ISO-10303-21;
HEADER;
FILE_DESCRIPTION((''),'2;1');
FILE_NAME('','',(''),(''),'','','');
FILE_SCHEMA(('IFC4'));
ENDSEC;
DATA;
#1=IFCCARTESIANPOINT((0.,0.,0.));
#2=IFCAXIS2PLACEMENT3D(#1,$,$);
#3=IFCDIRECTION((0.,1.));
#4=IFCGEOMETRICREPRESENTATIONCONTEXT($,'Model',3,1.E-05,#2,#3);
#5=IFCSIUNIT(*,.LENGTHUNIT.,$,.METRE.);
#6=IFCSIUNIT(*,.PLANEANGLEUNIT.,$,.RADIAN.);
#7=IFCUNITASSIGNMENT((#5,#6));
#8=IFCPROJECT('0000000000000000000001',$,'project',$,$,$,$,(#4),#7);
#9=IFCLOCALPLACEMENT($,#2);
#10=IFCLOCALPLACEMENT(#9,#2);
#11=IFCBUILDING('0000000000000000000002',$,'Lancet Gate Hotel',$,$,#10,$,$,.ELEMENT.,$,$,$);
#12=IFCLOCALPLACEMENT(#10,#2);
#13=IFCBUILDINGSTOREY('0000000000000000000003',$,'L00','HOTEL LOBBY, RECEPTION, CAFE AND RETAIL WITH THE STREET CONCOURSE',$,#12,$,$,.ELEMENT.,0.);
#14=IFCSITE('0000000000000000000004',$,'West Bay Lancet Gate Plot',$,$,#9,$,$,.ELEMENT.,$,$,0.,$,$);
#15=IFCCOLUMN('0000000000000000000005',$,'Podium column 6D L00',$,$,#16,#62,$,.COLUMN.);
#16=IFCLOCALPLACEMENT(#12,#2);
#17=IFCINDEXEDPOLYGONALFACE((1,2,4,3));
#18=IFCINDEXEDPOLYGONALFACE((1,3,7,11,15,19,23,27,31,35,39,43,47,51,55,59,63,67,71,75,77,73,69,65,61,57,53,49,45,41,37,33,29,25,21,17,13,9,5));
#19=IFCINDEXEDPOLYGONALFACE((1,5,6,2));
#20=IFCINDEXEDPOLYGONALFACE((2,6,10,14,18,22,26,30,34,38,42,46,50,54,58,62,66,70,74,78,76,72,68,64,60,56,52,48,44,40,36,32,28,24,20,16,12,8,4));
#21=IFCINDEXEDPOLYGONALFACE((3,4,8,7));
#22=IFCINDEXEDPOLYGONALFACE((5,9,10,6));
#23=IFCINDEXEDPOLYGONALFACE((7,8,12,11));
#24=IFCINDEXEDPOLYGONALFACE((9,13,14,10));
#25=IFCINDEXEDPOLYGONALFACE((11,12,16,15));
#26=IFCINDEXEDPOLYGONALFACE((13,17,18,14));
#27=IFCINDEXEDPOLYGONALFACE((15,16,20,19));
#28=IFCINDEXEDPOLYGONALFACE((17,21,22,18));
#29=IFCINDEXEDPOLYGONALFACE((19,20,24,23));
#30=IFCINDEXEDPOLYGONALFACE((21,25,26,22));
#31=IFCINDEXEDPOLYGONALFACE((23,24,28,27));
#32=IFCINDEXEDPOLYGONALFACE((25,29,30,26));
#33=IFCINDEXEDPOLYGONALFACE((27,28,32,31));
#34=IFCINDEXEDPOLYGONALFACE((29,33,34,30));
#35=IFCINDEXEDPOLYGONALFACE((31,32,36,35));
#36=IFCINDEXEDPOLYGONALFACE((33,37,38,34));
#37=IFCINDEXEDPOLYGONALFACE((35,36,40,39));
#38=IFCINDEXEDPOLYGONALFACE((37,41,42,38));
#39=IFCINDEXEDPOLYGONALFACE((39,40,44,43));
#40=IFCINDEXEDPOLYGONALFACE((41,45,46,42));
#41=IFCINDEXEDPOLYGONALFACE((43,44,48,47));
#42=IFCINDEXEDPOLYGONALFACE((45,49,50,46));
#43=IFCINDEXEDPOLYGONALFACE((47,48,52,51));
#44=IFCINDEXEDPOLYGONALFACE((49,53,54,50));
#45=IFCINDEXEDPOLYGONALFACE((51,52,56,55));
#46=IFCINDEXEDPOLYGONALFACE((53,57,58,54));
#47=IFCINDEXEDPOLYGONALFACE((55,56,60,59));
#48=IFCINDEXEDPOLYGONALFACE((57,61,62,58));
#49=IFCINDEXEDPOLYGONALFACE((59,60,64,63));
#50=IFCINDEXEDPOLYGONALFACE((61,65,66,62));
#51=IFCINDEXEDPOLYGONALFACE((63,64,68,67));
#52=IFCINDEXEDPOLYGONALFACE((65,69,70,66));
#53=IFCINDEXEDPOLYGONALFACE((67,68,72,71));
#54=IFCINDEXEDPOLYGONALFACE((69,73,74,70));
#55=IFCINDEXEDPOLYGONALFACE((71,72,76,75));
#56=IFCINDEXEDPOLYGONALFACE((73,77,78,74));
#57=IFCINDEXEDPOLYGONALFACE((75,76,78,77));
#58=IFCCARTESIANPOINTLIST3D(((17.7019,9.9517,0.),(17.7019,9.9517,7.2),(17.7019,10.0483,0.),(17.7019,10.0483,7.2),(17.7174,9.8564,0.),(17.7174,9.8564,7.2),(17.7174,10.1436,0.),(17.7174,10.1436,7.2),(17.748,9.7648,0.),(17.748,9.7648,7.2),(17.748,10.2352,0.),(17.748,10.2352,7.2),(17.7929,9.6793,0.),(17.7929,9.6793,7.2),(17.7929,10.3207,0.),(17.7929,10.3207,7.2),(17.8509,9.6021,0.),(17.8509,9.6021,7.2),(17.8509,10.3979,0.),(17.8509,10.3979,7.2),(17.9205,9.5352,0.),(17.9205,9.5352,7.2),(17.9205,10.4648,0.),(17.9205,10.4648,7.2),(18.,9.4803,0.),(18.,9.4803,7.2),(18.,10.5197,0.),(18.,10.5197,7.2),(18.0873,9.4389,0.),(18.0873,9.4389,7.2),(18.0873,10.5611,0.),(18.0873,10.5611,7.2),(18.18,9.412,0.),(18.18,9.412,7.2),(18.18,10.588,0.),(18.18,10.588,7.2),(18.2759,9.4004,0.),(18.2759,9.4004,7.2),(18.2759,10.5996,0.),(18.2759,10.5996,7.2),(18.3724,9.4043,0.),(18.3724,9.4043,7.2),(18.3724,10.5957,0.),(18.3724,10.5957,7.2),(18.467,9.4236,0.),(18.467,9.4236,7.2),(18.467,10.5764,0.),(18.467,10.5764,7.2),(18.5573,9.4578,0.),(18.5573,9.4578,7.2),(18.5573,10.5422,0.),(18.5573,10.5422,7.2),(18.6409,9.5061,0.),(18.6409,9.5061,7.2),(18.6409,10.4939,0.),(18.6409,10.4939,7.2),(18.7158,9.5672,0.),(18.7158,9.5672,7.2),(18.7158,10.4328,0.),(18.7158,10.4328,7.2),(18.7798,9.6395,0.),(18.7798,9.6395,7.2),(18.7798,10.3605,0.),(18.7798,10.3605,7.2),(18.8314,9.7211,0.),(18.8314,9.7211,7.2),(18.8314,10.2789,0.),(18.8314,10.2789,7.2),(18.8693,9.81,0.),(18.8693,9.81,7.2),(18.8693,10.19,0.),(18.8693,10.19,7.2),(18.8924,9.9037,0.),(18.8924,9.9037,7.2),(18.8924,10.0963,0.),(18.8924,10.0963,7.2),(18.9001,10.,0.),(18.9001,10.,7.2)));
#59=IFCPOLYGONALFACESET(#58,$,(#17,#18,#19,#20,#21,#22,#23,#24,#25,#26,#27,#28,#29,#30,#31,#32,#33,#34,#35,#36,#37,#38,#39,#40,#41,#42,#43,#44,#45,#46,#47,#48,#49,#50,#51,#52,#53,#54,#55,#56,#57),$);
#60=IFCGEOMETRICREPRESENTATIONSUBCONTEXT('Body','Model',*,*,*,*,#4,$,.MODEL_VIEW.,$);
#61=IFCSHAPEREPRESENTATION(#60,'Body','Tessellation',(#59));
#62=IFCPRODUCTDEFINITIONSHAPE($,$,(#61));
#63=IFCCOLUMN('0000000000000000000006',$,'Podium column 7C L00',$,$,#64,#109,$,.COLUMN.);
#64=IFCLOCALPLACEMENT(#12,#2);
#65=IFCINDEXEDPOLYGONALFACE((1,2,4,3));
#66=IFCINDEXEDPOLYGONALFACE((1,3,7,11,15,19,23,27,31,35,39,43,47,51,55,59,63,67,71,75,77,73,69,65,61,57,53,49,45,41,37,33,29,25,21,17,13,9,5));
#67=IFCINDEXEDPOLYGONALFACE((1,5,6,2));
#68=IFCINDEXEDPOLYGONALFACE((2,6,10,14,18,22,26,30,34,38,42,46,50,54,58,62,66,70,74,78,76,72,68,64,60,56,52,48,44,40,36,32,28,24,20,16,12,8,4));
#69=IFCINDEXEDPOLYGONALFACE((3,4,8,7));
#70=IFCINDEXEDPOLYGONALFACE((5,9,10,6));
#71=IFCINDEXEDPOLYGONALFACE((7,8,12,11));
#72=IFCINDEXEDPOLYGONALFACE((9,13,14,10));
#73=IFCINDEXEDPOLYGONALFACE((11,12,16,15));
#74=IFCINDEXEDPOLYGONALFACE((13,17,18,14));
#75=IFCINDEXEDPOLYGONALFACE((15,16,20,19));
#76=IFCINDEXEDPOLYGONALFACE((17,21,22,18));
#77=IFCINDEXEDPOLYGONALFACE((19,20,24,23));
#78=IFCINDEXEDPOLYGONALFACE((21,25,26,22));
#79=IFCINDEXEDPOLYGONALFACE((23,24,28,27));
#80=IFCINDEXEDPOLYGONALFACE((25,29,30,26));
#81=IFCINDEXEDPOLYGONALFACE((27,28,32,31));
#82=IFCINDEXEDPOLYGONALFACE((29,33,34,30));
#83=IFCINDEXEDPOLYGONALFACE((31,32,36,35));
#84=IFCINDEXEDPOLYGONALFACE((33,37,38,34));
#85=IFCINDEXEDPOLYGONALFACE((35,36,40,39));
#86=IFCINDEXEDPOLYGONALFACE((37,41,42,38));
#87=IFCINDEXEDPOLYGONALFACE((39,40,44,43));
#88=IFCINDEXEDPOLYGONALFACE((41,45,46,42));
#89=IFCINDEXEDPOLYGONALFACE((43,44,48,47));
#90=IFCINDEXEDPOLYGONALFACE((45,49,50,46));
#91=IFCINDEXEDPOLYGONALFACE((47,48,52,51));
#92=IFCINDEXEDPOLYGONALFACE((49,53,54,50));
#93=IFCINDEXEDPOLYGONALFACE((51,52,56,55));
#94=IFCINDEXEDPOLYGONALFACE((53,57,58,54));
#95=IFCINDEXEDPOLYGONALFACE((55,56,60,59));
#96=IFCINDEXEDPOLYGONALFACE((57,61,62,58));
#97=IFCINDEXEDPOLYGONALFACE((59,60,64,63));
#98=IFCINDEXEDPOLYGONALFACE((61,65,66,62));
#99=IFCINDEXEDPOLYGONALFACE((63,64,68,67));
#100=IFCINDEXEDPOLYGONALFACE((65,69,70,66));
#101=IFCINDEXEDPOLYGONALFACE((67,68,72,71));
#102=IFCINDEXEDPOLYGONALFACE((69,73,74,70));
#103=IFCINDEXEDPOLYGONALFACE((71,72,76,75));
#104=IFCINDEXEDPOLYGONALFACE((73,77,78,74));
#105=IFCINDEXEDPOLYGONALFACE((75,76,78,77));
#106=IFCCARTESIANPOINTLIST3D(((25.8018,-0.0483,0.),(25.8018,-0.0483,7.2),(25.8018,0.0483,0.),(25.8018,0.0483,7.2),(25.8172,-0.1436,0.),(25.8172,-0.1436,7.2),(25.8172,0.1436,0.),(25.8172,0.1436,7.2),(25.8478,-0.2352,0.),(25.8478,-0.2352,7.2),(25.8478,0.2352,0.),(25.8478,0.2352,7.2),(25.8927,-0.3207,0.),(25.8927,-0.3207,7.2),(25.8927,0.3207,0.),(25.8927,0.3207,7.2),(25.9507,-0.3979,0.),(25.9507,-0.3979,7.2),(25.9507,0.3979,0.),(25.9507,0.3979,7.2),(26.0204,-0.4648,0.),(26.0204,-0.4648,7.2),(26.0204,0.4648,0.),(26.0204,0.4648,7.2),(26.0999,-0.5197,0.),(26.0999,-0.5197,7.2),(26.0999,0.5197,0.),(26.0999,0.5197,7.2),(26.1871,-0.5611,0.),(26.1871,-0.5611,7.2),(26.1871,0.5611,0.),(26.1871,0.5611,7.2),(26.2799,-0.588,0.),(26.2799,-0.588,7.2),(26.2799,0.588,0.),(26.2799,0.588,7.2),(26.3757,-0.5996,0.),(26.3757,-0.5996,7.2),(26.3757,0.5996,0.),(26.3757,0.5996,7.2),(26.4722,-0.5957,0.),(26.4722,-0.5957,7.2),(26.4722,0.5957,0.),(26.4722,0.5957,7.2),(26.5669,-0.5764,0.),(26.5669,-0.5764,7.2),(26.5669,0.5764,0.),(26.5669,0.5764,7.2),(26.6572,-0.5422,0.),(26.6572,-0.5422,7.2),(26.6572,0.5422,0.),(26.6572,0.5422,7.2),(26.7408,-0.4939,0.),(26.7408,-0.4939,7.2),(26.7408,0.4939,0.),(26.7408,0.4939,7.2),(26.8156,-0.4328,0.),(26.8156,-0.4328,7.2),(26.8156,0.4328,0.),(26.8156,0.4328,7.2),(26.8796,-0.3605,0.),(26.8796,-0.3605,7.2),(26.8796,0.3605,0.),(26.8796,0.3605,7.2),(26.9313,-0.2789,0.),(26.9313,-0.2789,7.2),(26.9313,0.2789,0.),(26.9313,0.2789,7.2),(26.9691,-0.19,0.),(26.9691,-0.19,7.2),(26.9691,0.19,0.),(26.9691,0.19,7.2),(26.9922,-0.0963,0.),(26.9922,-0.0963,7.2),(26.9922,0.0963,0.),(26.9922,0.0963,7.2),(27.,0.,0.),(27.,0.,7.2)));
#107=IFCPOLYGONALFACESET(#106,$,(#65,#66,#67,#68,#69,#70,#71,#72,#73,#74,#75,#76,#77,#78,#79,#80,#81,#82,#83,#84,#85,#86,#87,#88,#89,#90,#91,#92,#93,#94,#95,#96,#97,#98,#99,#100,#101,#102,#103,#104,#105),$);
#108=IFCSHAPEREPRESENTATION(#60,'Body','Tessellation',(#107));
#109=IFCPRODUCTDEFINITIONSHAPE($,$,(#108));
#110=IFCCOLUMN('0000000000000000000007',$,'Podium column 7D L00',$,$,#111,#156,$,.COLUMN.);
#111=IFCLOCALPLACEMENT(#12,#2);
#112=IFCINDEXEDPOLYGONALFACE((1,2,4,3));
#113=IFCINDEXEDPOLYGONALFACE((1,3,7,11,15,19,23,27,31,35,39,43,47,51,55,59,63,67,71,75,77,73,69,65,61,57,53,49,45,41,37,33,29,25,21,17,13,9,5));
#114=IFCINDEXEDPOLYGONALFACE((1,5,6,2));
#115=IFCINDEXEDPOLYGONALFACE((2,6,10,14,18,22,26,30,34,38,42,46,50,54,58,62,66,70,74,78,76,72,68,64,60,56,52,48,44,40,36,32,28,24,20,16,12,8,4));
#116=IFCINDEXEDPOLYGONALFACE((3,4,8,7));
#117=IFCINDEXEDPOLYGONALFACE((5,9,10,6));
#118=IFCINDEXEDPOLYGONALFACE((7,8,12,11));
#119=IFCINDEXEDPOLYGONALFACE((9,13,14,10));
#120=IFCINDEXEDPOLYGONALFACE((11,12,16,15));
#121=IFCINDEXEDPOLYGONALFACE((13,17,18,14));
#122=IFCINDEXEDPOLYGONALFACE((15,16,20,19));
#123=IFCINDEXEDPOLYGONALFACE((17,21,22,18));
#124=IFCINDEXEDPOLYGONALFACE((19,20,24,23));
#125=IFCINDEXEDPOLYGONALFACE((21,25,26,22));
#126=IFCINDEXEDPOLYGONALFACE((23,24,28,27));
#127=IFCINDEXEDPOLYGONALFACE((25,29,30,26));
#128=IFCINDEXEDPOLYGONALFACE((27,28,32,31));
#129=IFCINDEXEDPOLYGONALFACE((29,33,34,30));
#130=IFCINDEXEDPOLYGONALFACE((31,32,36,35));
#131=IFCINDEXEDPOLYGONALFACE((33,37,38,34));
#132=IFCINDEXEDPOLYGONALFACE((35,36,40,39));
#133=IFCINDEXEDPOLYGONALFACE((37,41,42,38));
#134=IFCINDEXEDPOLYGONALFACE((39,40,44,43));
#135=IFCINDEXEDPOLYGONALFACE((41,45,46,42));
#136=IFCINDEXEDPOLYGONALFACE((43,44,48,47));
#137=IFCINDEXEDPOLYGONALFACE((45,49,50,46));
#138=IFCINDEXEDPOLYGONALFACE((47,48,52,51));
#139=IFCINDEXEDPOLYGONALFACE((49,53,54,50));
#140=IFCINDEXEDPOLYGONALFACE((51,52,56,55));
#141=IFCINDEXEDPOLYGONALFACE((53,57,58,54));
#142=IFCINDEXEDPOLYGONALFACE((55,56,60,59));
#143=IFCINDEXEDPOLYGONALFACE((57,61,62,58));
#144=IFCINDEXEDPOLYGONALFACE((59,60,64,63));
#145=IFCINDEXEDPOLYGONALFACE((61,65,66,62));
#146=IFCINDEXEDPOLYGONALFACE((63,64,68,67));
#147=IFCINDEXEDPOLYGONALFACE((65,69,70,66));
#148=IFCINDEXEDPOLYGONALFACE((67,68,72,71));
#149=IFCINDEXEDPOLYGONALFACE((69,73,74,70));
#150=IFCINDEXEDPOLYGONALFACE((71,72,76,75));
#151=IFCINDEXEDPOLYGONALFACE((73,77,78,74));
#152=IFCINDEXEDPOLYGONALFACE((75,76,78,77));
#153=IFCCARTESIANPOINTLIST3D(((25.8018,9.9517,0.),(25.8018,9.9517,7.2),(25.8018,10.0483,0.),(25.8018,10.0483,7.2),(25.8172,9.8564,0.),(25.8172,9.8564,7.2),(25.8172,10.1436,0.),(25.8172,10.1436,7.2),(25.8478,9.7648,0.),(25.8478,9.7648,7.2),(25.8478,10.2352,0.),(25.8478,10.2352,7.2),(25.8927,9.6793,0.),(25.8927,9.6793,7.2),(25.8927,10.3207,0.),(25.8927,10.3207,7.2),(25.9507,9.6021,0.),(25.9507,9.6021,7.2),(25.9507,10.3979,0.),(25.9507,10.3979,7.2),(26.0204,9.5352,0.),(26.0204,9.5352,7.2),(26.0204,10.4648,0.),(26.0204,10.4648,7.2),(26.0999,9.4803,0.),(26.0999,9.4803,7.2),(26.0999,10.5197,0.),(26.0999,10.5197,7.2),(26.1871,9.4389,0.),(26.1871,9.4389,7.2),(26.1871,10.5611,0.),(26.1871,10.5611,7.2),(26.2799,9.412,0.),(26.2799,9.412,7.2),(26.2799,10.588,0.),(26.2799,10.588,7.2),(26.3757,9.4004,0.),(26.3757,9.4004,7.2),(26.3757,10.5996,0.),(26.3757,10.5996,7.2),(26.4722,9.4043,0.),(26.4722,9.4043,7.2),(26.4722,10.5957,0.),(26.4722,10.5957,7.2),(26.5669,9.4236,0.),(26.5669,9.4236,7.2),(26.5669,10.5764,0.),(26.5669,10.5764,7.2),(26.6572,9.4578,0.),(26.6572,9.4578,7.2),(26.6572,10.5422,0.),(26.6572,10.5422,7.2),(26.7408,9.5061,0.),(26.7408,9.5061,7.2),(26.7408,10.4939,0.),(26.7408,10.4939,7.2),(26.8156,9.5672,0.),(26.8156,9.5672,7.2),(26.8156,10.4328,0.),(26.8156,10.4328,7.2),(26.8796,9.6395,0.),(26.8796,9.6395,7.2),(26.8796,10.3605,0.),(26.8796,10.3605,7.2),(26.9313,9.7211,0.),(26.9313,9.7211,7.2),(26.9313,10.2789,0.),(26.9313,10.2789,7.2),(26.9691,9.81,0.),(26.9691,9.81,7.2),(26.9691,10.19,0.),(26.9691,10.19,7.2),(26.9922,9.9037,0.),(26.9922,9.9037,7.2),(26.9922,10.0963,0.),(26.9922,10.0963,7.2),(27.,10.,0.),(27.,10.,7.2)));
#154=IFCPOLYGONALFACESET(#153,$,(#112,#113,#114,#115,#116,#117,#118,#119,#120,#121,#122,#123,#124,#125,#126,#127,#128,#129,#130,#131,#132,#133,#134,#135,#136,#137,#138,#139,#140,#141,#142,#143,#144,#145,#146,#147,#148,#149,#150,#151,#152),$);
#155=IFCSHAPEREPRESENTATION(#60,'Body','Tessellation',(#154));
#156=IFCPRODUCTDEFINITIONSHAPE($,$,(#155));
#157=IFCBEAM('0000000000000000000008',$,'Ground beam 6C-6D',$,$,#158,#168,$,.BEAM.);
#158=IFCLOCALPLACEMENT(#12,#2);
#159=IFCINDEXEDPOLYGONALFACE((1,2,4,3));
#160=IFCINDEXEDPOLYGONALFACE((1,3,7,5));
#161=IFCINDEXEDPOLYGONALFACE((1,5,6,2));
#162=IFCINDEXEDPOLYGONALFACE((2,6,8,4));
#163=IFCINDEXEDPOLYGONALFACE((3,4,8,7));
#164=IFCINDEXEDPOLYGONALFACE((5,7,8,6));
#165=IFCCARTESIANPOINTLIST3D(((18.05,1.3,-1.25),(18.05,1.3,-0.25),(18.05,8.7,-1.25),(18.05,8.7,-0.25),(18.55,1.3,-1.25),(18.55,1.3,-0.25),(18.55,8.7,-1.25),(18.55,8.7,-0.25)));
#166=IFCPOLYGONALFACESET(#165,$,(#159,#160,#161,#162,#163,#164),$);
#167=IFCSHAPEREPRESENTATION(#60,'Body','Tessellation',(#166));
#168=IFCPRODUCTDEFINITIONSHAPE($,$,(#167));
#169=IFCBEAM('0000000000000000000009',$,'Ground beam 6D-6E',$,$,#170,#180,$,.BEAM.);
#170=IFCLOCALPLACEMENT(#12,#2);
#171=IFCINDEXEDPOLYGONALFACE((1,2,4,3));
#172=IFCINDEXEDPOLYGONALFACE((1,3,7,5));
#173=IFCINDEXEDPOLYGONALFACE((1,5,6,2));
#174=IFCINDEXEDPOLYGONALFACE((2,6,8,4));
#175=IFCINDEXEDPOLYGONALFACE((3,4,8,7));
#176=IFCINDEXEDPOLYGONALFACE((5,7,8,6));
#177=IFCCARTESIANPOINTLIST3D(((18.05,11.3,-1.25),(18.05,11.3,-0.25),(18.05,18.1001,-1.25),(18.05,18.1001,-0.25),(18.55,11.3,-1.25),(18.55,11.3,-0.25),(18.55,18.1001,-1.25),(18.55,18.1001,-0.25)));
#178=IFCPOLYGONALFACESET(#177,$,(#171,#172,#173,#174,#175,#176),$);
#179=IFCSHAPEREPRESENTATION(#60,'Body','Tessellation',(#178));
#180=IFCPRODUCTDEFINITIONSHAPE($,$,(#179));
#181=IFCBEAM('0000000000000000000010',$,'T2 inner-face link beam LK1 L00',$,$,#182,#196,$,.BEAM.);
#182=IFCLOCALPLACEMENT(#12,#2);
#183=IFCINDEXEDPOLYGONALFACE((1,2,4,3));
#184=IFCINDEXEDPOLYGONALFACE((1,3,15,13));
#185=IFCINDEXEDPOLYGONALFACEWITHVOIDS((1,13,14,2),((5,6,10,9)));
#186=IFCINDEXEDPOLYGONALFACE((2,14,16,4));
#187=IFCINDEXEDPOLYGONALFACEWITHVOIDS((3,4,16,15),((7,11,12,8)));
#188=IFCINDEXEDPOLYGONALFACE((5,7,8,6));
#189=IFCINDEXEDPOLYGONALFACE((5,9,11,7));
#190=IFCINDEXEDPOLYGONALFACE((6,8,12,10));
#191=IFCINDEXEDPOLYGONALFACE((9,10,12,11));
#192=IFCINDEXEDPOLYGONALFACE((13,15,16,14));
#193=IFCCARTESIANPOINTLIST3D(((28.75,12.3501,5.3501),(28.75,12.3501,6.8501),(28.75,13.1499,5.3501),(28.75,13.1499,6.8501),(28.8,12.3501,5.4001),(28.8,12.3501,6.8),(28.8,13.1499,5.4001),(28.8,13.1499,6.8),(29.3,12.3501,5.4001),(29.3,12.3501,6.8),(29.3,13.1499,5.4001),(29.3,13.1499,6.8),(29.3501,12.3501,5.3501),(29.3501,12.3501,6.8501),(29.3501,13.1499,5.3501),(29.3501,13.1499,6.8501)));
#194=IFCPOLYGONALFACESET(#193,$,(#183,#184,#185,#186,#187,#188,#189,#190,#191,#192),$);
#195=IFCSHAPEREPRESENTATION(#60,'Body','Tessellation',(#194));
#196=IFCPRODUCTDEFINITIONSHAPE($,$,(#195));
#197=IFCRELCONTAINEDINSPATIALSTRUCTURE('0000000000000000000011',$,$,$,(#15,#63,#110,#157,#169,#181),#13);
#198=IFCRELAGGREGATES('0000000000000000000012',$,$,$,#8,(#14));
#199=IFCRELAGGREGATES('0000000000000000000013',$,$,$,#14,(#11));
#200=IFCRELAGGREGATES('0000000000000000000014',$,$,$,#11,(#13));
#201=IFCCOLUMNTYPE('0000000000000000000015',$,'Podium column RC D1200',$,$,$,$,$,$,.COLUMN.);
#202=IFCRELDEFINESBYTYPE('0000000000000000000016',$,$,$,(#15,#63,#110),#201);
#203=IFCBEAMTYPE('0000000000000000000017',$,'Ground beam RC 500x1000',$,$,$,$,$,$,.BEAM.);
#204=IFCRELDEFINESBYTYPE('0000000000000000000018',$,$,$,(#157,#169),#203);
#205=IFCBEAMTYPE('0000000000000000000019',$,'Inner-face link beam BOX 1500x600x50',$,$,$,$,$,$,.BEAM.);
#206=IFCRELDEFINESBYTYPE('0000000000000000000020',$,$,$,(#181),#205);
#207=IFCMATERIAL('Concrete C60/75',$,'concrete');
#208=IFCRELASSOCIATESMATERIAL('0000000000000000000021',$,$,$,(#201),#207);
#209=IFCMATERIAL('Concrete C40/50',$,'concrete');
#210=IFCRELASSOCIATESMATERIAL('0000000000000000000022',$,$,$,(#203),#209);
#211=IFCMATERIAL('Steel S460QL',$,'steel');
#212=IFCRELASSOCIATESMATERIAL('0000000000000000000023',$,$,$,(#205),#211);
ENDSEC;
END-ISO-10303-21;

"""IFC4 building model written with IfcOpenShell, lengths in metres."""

from ifc_helpers import new_model, si_unit, direction, frame, origin, origin_2d, place, context, subcontext, project, spatial, rectangle, hollow_rectangle, circle, extrude, material, material_profile, profile_set, type_object, element, save


model = new_model("IFC4")

# Units and contexts
model_context = context("Model", 3, precision=1e-05, world=origin(), true_north=direction((0.0, 1.0)))
body_context = subcontext(model_context, "Body", "Model", "MODEL_VIEW")
ifc_project = project(units=[si_unit("LENGTHUNIT", "METRE"), si_unit("PLANEANGLEUNIT", "RADIAN")], contexts=[model_context])

# Site, building, storey
site_placement = place(None, origin())
site = spatial("IfcSite", under=ifc_project, at=site_placement, Name="West Bay Lancet Gate Plot", CompositionType="ELEMENT", RefElevation=0.0)
building_placement = place(site_placement, origin())
building = spatial("IfcBuilding", under=site, at=building_placement, Name="Lancet Gate Hotel", CompositionType="ELEMENT")
storey_placement = place(building_placement, origin())
storey = spatial("IfcBuildingStorey", under=building, at=storey_placement, Name="L00", Description="HOTEL LOBBY, RECEPTION, CAFE AND RETAIL WITH THE STREET CONCOURSE", CompositionType="ELEMENT", Elevation=0.0)

# Columns
ifc_material_1 = material(Name="Concrete C60/75", Category="concrete")
ifc_material_profile_1 = material_profile(ifc_material_1, circle(Radius=0.6001, at=origin_2d()), Name="RC D1200")
ifc_profile_set_1 = profile_set([ifc_material_profile_1], Name="Concrete C60/75")
column_type_1 = type_object("IfcColumnType", Name="Podium column RC D1200", PredefinedType="COLUMN", material=ifc_profile_set_1)
for number, where, z_axis, x_axis, name in (
    (1, (18.3, 10.0, 0.0), (0.0, 0.0, 1.0), (1.0, 0.0, 0.0), "Podium column 6D L00"),
    (2, (26.3999, 0.0, 0.0), (0.0, 0.0, 1.0), (1.0, 0.0, 0.0), "Podium column 7C L00"),
    (3, (26.3999, 10.0, 0.0), (0.0, 0.0, 1.0), (1.0, 0.0, 0.0), "Podium column 7D L00"),
):
    element("IfcColumn", number, at=place(storey_placement, frame(where, z_axis=z_axis, x_axis=x_axis)), inside=storey, type_object=column_type_1, Name=name, PredefinedType="COLUMN", context=body_context, shape_type="SweptSolid", body=[
        extrude(circle(Radius=0.6001, at=origin_2d()), origin(), (0.0, 0.0, 1.0), 7.2),
    ])

# Beams
ifc_material_2 = material(Name="Concrete C40/50", Category="concrete")
ifc_material_profile_2 = material_profile(ifc_material_2, rectangle(XDim=0.5, YDim=1.0, at=origin_2d()), Name="RC 500x1000")
ifc_profile_set_2 = profile_set([ifc_material_profile_2], Name="Concrete C40/50")
beam_type_1 = type_object("IfcBeamType", Name="Ground beam RC 500x1000", PredefinedType="BEAM", material=ifc_profile_set_2)
beam_1_placement = place(storey_placement, frame((18.3, 1.3, -0.75), z_axis=(0.0, 1.0, 0.0), x_axis=(-1.0, 0.0, 0.0)))
element("IfcBeam", 4, at=beam_1_placement, inside=storey, type_object=beam_type_1, Name="Ground beam 6C-6D", PredefinedType="BEAM", context=body_context, shape_type="SweptSolid", body=[
    extrude(rectangle(XDim=0.5, YDim=1.0, at=origin_2d()), origin(), (0.0, 0.0, 1.0), 7.3999),
])
beam_2_placement = place(storey_placement, frame((18.3, 11.3, -0.75), z_axis=(0.0, 1.0, 0.0), x_axis=(-1.0, 0.0, 0.0)))
element("IfcBeam", 5, at=beam_2_placement, inside=storey, type_object=beam_type_1, Name="Ground beam 6D-6E", PredefinedType="BEAM", context=body_context, shape_type="SweptSolid", body=[
    extrude(rectangle(XDim=0.5, YDim=1.0, at=origin_2d()), origin(), (0.0, 0.0, 1.0), 6.8),
])
ifc_material_3 = material(Name="Steel S460QL", Category="steel")
ifc_material_profile_3 = material_profile(ifc_material_3, hollow_rectangle(XDim=0.6001, YDim=1.5, WallThickness=0.05, at=origin_2d()), Name="BOX 1500x600x50")
ifc_profile_set_3 = profile_set([ifc_material_profile_3], Name="Steel S460QL")
beam_type_2 = type_object("IfcBeamType", Name="Inner-face link beam BOX 1500x600x50", PredefinedType="BEAM", material=ifc_profile_set_3)
beam_3_placement = place(storey_placement, frame((29.05, 12.3501, 6.1001), z_axis=(0.0, 1.0, 0.0), x_axis=(-1.0, 0.0, 0.0)))
element("IfcBeam", 6, at=beam_3_placement, inside=storey, type_object=beam_type_2, Name="T2 inner-face link beam LK1 L00", PredefinedType="BEAM", context=body_context, shape_type="SweptSolid", body=[
    extrude(hollow_rectangle(XDim=0.6001, YDim=1.5, WallThickness=0.05, at=origin_2d()), origin(), (0.0, 0.0, 1.0), 0.7998),
])

save(model, "model.ifc")
